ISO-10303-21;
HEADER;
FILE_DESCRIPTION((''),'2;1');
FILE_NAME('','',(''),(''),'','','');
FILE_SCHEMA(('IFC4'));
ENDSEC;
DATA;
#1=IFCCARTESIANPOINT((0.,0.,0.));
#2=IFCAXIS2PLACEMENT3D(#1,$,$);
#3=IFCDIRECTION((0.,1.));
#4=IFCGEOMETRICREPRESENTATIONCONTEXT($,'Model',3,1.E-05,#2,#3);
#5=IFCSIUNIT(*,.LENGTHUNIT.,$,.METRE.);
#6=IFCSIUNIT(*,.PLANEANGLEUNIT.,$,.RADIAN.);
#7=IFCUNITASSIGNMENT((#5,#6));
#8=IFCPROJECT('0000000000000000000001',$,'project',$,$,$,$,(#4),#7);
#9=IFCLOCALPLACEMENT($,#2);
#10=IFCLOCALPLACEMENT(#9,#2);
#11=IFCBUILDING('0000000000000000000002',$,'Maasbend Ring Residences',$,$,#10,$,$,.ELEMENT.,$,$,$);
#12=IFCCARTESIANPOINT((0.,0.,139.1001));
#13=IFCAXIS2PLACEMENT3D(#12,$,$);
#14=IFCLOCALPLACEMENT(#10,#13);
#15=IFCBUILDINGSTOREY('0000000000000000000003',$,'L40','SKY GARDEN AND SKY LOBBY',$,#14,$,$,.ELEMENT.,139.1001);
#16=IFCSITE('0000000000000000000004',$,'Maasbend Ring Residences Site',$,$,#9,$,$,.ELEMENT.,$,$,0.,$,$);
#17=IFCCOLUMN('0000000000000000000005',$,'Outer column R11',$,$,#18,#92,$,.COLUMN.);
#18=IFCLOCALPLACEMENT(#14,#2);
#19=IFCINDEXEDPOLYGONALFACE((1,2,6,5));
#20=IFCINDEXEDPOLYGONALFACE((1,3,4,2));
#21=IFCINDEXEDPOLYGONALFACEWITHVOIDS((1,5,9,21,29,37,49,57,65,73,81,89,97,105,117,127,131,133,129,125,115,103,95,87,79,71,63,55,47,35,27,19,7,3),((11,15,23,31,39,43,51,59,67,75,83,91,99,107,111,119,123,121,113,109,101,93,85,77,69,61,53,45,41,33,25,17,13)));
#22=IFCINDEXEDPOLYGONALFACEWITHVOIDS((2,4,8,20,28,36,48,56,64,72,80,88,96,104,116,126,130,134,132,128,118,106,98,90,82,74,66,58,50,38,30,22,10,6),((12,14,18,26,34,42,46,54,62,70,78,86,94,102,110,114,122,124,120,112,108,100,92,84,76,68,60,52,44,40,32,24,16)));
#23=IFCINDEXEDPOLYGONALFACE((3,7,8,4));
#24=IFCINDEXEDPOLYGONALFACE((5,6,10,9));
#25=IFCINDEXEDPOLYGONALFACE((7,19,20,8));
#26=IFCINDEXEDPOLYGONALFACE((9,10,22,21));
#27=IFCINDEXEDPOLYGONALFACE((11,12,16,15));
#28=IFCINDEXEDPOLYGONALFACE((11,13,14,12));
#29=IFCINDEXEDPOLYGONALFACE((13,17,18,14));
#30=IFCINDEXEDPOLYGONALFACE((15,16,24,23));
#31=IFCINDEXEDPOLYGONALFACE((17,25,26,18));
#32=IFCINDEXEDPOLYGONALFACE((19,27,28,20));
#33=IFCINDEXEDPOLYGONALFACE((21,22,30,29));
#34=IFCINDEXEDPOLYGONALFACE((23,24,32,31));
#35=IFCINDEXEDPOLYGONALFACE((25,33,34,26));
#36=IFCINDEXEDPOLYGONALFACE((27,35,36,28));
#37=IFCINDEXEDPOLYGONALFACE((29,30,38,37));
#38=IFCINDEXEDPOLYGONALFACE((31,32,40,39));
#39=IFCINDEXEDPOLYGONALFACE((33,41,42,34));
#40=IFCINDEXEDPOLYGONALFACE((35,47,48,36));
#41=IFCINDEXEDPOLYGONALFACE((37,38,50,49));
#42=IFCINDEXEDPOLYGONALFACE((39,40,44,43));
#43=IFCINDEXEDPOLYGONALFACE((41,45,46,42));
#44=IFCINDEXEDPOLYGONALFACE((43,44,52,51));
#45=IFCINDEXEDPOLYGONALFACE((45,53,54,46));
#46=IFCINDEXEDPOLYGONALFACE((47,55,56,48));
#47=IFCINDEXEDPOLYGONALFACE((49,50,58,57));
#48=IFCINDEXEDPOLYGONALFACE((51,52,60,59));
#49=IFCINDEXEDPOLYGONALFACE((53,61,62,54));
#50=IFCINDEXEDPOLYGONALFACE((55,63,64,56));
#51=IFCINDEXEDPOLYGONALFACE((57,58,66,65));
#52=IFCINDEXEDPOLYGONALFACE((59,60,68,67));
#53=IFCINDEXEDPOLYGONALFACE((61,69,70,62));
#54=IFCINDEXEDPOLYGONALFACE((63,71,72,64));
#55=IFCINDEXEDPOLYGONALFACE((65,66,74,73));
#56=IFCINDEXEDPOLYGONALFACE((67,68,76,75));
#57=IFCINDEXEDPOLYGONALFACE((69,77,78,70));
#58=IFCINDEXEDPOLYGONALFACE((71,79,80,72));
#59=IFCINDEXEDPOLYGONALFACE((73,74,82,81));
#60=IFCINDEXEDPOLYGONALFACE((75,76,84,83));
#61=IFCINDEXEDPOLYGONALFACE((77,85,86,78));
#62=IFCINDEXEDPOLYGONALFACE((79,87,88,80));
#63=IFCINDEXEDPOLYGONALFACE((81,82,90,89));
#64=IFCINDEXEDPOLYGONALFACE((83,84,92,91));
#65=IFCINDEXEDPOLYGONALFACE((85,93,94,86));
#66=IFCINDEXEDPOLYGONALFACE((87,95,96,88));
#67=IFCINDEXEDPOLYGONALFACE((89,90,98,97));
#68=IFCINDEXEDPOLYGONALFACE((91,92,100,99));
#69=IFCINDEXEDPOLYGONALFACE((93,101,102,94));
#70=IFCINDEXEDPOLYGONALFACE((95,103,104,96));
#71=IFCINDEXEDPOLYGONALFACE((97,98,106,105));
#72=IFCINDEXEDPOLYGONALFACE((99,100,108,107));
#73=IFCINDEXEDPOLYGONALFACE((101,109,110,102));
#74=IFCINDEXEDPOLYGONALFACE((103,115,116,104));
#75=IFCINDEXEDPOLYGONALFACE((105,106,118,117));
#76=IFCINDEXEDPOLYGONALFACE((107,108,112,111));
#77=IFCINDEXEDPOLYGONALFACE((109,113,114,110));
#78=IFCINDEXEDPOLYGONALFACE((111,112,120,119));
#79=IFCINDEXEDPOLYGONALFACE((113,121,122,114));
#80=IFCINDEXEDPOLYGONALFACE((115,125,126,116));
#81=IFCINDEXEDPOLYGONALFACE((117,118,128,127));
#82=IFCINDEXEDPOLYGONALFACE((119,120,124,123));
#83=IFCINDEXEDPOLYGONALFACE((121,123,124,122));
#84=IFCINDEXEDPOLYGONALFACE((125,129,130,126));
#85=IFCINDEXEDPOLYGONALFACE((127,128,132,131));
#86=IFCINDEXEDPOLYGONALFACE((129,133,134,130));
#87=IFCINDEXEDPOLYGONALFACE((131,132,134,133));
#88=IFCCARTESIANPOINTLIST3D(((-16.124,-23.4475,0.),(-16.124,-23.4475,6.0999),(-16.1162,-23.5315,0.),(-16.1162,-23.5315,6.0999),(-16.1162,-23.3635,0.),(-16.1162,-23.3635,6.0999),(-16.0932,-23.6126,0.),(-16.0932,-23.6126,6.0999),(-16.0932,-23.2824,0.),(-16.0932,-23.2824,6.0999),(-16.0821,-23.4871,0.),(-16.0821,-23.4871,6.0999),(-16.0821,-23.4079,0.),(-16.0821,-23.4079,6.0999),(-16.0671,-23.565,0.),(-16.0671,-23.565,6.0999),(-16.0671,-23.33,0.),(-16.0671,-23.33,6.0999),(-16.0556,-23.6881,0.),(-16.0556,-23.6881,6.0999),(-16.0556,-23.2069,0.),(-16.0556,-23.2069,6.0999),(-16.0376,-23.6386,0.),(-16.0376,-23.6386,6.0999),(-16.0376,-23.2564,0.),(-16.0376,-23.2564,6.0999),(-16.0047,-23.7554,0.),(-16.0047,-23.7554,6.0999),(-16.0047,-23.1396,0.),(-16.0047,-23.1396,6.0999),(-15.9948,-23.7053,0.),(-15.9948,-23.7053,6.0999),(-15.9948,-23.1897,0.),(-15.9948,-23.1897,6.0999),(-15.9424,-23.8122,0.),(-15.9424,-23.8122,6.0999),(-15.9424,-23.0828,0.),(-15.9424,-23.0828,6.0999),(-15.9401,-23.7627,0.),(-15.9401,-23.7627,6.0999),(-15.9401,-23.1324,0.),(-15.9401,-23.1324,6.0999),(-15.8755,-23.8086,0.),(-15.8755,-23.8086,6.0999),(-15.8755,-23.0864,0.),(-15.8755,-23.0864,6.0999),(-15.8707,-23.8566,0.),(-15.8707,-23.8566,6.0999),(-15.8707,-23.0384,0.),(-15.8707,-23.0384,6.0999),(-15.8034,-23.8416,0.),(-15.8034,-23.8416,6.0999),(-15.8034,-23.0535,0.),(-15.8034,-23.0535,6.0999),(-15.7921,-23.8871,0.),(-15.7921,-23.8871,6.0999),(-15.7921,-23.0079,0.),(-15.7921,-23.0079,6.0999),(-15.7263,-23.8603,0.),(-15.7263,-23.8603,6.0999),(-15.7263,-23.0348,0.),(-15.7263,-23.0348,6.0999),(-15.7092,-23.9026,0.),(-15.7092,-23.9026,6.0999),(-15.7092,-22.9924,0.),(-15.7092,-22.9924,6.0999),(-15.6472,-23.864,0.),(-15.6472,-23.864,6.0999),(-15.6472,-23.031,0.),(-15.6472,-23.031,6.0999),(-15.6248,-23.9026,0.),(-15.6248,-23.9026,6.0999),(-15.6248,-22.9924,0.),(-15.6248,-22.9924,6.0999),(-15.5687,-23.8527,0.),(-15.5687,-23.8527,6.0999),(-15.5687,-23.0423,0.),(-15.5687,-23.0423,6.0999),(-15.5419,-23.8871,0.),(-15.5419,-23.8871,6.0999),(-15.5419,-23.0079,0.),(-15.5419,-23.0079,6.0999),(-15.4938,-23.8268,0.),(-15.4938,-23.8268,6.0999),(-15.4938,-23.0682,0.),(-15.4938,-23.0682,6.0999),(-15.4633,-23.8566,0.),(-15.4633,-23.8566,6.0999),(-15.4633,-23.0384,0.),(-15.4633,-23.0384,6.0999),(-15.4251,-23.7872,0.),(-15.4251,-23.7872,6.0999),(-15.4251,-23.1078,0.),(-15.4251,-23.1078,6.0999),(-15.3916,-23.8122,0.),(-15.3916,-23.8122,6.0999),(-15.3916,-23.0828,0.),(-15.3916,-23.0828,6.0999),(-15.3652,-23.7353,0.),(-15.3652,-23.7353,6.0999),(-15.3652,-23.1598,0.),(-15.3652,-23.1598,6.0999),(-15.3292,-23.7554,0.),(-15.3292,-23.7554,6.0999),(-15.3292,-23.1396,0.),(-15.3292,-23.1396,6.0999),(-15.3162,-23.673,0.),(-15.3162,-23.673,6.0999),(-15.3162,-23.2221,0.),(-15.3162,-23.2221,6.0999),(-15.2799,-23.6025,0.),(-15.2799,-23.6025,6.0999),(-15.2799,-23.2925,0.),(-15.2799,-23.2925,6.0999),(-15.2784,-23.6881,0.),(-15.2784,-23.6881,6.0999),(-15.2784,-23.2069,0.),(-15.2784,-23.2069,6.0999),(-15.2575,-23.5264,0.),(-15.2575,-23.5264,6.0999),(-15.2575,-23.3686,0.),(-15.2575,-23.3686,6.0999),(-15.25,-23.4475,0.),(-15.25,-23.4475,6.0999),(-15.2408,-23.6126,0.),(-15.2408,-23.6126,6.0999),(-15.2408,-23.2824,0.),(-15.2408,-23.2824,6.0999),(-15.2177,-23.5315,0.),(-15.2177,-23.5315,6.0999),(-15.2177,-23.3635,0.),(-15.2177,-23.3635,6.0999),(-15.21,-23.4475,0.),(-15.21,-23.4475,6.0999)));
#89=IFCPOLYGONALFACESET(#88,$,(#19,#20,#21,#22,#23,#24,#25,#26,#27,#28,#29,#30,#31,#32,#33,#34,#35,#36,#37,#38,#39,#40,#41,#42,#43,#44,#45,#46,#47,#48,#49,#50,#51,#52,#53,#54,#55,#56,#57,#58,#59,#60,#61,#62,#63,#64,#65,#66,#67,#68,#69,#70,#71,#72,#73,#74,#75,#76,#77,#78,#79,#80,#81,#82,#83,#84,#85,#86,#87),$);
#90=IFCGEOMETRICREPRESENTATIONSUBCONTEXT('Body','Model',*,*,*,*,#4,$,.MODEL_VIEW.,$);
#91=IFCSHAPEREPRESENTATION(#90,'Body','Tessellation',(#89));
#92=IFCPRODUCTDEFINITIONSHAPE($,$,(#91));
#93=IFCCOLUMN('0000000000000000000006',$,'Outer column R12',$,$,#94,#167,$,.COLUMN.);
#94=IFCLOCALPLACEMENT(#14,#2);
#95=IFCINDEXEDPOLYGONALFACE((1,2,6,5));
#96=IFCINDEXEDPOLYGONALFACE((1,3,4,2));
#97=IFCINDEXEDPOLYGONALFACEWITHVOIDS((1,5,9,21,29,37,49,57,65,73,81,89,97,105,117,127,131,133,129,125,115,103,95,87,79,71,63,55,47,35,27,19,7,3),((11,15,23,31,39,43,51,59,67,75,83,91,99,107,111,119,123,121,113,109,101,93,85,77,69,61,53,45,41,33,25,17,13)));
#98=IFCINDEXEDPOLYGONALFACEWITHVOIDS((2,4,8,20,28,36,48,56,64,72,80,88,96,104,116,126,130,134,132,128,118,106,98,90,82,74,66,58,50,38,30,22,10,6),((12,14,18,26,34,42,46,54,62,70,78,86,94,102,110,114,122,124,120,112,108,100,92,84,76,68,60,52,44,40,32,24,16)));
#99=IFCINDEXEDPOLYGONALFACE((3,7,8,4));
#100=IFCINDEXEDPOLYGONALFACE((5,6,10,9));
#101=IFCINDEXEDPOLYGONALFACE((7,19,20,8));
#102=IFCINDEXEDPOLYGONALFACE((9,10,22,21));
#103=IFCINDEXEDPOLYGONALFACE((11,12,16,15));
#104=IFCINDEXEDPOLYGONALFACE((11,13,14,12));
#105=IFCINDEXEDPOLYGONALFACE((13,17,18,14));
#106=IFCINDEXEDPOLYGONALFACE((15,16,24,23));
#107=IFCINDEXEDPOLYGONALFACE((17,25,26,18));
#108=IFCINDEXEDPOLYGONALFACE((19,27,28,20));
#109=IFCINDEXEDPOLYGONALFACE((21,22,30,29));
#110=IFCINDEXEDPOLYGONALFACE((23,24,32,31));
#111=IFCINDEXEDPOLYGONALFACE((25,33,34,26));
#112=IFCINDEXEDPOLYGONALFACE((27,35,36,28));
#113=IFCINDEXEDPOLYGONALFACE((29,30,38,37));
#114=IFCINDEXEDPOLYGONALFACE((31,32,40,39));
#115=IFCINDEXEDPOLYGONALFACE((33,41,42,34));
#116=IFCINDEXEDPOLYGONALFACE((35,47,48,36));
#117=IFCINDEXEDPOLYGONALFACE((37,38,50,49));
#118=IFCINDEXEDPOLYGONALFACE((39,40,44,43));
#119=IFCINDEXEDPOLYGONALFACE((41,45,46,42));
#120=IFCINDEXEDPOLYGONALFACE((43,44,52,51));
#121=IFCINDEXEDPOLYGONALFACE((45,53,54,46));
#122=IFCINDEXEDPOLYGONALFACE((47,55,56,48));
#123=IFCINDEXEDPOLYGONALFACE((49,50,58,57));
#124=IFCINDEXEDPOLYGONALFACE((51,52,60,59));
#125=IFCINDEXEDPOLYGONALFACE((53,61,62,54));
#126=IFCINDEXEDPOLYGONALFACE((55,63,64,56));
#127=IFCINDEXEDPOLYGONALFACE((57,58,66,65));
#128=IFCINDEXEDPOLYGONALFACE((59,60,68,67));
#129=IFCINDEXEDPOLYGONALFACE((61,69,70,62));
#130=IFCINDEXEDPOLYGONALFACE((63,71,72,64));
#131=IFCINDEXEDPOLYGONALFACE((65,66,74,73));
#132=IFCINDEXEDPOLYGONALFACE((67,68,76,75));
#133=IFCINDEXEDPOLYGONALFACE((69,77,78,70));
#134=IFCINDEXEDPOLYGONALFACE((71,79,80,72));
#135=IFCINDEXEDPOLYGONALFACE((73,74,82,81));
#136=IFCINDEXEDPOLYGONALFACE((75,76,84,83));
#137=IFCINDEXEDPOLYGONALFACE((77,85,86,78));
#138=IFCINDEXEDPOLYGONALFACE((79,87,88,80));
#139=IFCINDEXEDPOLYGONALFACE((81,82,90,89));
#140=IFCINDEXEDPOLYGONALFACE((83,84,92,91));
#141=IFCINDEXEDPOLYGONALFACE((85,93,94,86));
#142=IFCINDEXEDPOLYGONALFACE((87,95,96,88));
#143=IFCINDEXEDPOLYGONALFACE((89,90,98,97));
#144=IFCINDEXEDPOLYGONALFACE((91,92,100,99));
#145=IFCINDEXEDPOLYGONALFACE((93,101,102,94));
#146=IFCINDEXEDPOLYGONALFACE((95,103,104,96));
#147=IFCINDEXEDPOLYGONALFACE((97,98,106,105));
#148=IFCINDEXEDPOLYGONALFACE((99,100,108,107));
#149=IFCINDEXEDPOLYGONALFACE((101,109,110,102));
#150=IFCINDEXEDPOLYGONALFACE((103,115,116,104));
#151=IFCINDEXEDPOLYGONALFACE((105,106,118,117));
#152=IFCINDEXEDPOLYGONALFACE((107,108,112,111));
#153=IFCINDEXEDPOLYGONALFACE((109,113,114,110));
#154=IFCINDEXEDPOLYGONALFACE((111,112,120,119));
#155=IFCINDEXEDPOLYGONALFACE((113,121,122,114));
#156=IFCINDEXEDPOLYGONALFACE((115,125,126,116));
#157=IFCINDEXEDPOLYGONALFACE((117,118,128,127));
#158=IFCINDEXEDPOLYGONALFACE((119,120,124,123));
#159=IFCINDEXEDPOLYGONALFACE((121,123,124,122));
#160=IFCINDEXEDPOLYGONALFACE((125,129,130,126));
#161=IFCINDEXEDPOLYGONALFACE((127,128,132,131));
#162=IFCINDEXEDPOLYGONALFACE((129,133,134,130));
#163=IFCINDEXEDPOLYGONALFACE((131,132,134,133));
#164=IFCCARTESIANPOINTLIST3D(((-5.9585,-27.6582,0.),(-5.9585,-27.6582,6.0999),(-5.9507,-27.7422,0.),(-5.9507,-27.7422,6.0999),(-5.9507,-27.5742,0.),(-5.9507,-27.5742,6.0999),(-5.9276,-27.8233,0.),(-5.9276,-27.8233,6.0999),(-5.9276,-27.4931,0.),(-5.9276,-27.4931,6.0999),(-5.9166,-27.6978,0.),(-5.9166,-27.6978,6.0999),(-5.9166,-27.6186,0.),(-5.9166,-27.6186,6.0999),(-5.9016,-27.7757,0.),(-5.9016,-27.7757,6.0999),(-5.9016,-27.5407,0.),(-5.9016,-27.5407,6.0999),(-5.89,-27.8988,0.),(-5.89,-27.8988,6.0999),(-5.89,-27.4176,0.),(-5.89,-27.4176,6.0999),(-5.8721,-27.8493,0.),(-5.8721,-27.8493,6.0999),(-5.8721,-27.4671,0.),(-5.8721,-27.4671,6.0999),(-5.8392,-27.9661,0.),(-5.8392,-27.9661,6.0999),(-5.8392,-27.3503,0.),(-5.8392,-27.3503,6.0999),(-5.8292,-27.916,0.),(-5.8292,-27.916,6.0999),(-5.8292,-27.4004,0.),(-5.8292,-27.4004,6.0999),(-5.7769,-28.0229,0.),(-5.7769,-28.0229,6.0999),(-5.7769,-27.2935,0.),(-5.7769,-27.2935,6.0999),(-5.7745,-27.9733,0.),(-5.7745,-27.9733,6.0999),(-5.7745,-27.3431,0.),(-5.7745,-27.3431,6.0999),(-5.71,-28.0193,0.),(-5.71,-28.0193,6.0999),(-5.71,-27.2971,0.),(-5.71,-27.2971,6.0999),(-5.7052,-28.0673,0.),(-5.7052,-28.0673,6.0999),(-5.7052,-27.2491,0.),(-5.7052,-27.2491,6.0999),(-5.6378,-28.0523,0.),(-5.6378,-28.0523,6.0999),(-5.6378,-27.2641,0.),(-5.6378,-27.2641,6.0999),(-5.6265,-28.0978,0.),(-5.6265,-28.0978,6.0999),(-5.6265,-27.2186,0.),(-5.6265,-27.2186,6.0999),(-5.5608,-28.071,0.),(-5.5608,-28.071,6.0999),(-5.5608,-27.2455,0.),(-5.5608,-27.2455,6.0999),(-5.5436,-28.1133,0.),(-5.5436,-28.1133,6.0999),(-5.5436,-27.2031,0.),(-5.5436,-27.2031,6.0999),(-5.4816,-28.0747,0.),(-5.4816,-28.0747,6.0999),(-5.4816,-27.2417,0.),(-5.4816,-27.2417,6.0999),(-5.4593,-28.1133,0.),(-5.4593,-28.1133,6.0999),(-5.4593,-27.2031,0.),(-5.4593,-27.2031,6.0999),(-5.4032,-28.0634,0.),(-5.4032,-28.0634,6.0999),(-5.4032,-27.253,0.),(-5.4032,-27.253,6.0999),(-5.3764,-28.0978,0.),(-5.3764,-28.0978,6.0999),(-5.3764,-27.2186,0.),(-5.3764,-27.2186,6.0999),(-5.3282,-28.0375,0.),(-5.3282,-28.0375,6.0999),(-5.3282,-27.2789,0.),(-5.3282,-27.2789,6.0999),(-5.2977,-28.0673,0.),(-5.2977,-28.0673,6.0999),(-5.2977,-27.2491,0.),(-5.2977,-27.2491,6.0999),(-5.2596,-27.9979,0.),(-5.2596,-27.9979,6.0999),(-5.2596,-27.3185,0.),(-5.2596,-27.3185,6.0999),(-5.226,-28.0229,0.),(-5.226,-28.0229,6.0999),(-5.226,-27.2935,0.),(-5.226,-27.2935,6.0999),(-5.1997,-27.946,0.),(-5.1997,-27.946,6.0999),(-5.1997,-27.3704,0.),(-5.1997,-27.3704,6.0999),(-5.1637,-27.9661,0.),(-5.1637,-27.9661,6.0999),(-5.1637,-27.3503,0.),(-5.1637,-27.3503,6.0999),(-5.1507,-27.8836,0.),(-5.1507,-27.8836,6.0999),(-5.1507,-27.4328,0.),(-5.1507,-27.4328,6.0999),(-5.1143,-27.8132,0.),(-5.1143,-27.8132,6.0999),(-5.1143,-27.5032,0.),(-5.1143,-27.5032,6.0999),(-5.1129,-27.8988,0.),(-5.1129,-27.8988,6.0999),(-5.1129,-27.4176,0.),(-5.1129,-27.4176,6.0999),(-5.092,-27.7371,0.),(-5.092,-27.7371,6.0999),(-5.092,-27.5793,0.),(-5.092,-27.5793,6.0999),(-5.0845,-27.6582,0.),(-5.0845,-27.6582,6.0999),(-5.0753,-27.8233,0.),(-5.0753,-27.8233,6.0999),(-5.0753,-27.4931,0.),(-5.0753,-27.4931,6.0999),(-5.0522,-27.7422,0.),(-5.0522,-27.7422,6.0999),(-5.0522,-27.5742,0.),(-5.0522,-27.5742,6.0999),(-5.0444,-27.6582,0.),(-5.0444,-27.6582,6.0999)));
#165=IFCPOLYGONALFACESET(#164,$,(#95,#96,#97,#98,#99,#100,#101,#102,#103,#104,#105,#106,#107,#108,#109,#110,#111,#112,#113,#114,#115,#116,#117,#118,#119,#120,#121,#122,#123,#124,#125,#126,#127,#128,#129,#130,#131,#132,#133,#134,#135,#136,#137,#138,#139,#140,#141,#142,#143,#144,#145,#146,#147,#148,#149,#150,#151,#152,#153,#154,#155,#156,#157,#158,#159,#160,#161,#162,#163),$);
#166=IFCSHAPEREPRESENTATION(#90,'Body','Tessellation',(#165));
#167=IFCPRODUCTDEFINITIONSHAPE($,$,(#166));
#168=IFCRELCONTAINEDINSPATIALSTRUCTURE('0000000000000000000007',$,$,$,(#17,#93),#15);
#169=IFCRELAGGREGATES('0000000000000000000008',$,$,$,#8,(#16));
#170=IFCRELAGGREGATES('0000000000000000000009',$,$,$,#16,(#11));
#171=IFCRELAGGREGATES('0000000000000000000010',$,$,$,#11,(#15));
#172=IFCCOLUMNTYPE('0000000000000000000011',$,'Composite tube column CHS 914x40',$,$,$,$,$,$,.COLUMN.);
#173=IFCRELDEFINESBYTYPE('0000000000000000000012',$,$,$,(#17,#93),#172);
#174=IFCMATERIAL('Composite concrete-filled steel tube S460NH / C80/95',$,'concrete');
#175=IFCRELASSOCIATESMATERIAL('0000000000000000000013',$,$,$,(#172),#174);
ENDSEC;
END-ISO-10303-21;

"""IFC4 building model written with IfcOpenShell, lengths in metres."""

from ifc_helpers import new_model, si_unit, direction, frame, origin, origin_2d, place, context, subcontext, project, spatial, hollow_circle, extrude, material, material_profile, profile_set, type_object, element, save


model = new_model("IFC4")

# Units and contexts
model_context = context("Model", 3, precision=1e-05, world=origin(), true_north=direction((0.0, 1.0)))
body_context = subcontext(model_context, "Body", "Model", "MODEL_VIEW")
ifc_project = project(units=[si_unit("LENGTHUNIT", "METRE"), si_unit("PLANEANGLEUNIT", "RADIAN")], contexts=[model_context])

# Site, building, storey
site_placement = place(None, origin())
site = spatial("IfcSite", under=ifc_project, at=site_placement, Name="Maasbend Ring Residences Site", CompositionType="ELEMENT", RefElevation=0.0)
building_placement = place(site_placement, origin())
building = spatial("IfcBuilding", under=site, at=building_placement, Name="Maasbend Ring Residences", CompositionType="ELEMENT")
storey_placement = place(building_placement, frame((0.0, 0.0, 139.1001)))
storey = spatial("IfcBuildingStorey", under=building, at=storey_placement, Name="L40", Description="SKY GARDEN AND SKY LOBBY", CompositionType="ELEMENT", Elevation=139.1001)

# Columns
ifc_material_1 = material(Name="Composite concrete-filled steel tube S460NH / C80/95", Category="concrete")
ifc_material_profile_1 = material_profile(ifc_material_1, hollow_circle(Radius=0.457, WallThickness=0.04, at=origin_2d()), Name="Composite tube column CHS 914x40")
ifc_profile_set_1 = profile_set([ifc_material_profile_1], Name="Composite concrete-filled steel tube S460NH / C80/95")
column_type_1 = type_object("IfcColumnType", Name="Composite tube column CHS 914x40", PredefinedType="COLUMN", material=ifc_profile_set_1)
for number, where, z_axis, x_axis, name in (
    (1, (-15.667, -23.4475, 0.0), (0.0, 0.0, 1.0), (1.0, 0.0, 0.0), "Outer column R11"),
    (2, (-5.5015, -27.6582, 0.0), (0.0, 0.0, 1.0), (1.0, 0.0, 0.0), "Outer column R12"),
):
    element("IfcColumn", number, at=place(storey_placement, frame(where, z_axis=z_axis, x_axis=x_axis)), inside=storey, type_object=column_type_1, Name=name, PredefinedType="COLUMN", context=body_context, shape_type="SweptSolid", body=[
        extrude(hollow_circle(Radius=0.457, WallThickness=0.04, at=origin_2d()), origin(), (0.0, 0.0, 1.0), 6.0999),
    ])

save(model, "model.ifc")
